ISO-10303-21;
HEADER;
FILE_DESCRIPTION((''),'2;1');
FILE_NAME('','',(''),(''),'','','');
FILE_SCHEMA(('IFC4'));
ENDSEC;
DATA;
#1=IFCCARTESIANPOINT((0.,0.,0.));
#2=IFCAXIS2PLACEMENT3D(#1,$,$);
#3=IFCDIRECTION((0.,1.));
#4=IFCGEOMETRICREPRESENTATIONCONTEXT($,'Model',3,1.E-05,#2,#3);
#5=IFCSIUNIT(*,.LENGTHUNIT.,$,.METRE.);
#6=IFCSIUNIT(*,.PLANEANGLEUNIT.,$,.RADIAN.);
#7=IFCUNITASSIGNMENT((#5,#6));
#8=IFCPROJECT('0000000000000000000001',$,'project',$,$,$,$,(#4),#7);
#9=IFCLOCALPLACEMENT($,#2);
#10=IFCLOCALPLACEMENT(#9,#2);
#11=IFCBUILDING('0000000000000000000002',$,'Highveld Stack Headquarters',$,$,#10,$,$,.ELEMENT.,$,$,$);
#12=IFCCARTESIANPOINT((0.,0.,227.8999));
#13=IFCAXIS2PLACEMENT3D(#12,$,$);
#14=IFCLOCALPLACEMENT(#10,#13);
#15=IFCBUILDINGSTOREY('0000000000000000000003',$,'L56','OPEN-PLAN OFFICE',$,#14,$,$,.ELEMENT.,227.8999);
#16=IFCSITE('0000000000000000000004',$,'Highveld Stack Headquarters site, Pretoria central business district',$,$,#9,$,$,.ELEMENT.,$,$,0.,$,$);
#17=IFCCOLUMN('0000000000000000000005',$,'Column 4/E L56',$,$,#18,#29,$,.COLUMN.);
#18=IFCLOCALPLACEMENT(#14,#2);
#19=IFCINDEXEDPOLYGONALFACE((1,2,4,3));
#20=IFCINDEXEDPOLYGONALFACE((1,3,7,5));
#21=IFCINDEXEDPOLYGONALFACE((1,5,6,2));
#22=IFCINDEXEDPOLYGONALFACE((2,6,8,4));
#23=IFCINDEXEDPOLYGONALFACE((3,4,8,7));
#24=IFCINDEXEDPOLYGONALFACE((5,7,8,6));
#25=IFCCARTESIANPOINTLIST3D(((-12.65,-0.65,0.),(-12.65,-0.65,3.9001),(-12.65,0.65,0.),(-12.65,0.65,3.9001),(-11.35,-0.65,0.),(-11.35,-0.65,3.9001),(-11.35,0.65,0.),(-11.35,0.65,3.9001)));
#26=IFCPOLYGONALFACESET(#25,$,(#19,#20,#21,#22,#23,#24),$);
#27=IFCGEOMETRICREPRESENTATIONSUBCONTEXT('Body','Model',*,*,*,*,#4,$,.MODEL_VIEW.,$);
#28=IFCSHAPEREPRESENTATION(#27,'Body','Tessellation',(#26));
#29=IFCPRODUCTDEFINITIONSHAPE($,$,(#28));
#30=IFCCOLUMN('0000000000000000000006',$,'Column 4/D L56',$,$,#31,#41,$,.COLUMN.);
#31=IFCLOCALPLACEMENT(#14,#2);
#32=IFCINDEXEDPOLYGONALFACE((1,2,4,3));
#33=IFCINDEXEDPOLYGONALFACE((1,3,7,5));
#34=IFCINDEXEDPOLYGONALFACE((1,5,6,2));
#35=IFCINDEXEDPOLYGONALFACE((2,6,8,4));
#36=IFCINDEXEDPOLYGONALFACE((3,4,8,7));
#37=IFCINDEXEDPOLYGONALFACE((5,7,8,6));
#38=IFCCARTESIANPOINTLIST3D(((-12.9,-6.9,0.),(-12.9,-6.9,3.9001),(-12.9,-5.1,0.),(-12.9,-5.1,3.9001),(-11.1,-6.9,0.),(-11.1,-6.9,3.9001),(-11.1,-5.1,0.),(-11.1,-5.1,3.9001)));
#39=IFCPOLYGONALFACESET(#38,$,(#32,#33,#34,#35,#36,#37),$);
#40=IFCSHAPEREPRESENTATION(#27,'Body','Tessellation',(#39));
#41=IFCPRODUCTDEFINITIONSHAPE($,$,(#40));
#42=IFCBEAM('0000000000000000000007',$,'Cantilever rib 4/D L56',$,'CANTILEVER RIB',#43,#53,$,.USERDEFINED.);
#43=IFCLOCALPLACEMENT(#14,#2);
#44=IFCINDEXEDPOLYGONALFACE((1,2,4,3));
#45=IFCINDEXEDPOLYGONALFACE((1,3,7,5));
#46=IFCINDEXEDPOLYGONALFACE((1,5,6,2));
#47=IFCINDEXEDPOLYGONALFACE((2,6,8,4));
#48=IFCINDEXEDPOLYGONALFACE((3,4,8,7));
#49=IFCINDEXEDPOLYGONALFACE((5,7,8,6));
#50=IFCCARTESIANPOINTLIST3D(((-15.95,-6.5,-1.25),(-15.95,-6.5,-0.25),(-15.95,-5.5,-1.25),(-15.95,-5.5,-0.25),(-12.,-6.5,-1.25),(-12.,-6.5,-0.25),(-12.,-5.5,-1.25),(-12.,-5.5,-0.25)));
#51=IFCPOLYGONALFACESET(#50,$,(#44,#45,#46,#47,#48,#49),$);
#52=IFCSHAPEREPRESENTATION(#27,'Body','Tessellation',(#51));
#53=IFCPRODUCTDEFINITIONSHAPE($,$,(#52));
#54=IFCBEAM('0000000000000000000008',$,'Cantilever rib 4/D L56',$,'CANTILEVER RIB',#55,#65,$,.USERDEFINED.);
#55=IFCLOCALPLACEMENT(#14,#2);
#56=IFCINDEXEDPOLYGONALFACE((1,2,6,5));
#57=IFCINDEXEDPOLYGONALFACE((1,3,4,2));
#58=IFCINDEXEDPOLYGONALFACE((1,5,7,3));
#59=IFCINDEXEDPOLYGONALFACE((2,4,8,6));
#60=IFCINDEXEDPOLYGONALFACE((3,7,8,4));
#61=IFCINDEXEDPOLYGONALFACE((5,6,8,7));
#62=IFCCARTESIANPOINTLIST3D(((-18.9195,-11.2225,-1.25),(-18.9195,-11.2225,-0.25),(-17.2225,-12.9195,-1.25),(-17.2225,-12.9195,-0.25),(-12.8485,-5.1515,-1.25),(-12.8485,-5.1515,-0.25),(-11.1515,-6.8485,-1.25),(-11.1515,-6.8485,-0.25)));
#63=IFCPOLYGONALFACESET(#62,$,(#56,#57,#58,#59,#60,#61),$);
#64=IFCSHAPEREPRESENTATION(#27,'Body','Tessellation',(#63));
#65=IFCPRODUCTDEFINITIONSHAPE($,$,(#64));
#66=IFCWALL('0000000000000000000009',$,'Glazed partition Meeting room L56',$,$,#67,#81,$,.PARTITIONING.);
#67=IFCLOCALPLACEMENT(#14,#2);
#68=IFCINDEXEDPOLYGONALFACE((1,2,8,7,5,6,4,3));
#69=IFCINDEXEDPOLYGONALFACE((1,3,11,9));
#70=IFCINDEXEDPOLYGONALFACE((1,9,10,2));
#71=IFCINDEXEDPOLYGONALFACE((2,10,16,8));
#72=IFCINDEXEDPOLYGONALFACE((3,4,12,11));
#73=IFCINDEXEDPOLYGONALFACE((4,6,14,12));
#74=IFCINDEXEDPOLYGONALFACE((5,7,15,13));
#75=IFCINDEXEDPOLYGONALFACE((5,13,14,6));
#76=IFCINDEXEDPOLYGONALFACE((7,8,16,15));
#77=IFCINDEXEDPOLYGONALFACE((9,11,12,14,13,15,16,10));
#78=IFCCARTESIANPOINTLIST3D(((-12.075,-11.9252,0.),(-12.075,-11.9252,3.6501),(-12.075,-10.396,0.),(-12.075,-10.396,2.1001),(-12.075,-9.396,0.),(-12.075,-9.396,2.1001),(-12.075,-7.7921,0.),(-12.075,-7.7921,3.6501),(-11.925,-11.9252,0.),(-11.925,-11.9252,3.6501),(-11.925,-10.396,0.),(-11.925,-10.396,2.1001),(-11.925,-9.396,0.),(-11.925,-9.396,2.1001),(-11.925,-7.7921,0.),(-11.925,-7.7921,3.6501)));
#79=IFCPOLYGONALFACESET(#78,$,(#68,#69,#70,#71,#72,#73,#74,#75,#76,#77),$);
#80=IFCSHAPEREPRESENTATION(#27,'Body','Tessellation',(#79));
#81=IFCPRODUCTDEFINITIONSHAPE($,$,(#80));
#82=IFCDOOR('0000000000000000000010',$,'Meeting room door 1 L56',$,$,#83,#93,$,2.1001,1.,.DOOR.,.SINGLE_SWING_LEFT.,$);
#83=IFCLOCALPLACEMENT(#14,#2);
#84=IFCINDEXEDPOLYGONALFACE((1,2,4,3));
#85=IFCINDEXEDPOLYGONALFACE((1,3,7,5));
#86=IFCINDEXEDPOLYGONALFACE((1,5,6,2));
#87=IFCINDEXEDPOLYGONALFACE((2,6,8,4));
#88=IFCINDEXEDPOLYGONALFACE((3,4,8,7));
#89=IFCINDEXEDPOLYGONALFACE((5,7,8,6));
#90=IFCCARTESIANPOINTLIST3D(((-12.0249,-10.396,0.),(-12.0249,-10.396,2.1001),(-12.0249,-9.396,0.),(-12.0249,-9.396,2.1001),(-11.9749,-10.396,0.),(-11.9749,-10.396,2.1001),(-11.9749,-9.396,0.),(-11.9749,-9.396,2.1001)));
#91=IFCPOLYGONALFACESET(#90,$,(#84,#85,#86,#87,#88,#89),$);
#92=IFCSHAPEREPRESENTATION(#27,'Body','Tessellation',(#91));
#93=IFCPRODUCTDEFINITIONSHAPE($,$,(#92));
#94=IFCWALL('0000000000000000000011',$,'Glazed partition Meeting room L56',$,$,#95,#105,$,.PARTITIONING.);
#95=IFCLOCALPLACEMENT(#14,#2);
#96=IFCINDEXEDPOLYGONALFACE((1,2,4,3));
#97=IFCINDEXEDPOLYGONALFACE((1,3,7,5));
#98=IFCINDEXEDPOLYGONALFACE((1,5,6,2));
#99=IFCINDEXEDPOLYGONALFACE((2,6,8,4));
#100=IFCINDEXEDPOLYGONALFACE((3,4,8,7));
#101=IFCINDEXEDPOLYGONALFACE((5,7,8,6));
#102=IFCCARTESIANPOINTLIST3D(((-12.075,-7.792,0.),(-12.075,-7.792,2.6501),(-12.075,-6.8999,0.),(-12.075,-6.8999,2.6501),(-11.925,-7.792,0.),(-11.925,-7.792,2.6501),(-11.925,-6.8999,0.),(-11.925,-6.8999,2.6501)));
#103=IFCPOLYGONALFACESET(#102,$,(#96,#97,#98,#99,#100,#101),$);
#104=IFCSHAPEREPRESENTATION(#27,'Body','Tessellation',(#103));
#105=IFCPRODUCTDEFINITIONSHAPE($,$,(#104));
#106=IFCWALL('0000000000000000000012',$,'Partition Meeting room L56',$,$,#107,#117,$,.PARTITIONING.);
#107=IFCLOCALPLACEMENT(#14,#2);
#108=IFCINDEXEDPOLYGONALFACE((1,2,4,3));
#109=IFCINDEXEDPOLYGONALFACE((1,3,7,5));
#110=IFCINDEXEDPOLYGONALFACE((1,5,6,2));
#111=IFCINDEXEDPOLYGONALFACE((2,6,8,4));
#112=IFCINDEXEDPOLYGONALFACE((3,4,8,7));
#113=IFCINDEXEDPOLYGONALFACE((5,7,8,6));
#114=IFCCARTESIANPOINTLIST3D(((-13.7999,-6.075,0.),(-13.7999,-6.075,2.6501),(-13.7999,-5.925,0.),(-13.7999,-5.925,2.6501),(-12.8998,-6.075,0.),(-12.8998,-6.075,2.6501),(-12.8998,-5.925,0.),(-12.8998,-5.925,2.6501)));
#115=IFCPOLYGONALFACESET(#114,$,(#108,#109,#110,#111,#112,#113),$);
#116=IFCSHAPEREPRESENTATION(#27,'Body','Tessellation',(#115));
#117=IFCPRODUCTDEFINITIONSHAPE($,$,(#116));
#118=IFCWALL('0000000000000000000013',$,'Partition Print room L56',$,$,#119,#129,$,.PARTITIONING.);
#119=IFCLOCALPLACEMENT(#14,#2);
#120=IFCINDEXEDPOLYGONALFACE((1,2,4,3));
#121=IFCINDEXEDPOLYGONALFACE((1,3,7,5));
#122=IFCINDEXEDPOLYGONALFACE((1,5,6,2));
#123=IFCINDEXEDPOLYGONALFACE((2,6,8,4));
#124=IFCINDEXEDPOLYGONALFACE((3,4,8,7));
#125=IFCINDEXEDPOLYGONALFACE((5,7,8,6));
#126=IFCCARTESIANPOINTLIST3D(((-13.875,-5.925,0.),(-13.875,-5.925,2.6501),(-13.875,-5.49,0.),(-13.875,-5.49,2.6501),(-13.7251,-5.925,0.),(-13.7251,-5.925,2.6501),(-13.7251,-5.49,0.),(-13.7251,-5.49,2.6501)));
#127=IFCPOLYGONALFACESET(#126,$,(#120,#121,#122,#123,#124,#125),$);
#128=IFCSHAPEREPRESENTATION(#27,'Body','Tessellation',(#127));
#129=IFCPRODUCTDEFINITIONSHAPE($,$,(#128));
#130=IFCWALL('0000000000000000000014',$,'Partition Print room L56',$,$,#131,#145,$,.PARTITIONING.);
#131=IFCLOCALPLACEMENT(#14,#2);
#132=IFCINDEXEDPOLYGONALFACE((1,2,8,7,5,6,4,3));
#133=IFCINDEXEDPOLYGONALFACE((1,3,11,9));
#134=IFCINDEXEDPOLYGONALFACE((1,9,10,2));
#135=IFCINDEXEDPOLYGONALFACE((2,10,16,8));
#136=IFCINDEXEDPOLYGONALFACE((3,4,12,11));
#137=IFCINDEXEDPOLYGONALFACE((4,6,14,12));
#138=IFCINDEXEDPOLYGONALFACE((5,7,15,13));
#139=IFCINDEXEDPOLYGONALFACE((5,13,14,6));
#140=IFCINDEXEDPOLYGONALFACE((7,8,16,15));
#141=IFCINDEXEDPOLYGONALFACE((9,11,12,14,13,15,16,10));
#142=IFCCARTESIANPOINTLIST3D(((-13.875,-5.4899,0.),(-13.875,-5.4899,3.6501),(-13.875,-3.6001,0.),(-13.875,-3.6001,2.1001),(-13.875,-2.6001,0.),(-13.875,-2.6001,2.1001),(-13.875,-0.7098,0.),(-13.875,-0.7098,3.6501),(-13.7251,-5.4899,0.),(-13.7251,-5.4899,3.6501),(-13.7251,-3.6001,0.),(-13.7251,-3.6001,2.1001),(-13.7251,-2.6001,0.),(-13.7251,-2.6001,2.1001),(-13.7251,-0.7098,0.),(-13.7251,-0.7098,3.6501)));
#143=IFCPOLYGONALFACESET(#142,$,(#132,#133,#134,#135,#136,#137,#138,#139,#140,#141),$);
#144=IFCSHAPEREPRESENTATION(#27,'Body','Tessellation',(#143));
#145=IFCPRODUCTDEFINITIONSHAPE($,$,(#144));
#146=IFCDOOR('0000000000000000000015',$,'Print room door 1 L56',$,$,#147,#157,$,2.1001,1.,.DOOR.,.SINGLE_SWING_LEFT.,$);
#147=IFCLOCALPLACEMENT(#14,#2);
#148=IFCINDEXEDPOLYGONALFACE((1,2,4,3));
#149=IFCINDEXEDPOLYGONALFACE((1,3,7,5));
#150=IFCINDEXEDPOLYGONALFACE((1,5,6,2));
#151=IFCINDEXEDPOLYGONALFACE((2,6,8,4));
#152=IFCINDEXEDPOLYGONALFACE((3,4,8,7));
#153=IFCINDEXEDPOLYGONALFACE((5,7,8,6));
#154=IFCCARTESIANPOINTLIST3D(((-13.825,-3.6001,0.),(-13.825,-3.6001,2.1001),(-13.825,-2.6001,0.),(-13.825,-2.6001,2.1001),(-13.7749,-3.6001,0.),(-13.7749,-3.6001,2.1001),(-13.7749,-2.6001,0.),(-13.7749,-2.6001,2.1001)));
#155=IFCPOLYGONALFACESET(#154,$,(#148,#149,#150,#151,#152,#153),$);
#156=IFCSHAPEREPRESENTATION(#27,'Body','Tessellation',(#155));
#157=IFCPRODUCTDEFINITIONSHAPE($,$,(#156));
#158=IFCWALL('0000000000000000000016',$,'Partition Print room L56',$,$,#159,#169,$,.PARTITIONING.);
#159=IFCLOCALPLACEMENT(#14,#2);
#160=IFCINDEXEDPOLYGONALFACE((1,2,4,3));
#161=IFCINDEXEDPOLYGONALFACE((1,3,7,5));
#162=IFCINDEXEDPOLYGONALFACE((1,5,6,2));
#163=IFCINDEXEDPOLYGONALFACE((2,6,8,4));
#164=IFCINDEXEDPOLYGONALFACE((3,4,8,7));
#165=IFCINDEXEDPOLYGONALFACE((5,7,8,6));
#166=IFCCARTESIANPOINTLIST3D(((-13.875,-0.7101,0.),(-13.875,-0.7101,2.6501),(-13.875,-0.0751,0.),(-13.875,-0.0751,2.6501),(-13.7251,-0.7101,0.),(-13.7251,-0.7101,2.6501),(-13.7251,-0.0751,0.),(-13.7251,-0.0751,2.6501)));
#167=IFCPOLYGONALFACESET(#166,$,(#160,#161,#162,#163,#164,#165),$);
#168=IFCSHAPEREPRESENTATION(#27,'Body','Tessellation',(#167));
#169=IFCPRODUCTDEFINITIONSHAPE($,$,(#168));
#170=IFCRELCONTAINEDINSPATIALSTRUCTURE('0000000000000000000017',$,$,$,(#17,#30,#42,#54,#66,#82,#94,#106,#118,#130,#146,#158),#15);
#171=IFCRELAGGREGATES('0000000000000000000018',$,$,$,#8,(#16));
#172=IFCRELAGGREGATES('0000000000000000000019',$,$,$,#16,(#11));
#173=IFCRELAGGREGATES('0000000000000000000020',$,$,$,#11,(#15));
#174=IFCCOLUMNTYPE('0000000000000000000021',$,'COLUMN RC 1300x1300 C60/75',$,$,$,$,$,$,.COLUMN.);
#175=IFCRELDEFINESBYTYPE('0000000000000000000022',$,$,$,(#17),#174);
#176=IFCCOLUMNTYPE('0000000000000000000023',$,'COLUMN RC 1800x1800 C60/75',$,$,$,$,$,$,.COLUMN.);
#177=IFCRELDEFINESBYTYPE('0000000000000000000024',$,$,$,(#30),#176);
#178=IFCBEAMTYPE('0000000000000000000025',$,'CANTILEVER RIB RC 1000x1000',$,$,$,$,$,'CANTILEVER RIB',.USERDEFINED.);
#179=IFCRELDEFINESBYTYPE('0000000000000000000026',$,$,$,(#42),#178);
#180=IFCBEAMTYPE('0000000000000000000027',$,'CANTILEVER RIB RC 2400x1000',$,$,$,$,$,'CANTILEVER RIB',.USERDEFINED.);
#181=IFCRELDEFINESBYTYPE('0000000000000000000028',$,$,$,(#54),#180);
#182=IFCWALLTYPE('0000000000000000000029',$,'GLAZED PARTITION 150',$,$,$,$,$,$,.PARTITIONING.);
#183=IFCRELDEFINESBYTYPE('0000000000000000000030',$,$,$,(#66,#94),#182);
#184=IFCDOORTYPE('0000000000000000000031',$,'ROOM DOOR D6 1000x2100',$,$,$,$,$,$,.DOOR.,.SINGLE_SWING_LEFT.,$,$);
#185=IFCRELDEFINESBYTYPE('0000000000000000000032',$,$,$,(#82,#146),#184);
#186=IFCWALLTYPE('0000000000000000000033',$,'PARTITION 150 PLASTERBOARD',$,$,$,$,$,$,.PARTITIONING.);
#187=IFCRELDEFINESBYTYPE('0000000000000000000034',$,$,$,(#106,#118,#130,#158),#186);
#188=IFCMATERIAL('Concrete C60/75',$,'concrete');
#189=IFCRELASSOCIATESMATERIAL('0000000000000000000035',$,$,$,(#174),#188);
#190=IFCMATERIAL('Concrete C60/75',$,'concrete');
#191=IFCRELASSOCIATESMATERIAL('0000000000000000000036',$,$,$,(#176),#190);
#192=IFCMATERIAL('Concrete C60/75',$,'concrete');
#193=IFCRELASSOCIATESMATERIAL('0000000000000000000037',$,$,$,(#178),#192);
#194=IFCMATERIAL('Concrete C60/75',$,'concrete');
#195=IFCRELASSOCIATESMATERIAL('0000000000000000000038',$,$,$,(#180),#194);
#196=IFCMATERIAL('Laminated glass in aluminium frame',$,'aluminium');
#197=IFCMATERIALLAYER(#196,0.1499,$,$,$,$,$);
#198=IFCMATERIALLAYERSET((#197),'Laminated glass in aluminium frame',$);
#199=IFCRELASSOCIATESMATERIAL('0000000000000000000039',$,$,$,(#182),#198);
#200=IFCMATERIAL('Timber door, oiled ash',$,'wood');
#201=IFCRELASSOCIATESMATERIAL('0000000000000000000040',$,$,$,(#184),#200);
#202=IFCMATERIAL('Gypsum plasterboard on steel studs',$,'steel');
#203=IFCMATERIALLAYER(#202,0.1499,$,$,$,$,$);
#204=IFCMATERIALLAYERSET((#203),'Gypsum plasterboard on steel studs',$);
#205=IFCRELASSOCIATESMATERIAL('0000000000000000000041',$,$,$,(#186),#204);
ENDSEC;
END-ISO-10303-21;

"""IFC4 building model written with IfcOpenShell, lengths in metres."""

from ifc_helpers import new_model, si_unit, direction, frame, frame_2d, origin, origin_2d, place, context, subcontext, project, spatial, rectangle, extrude, material, layer, layer_set, material_profile, profile_set, type_object, element, fill, save


model = new_model("IFC4")

# Units and contexts
model_context = context("Model", 3, precision=1e-05, world=origin(), true_north=direction((0.0, 1.0)))
body_context = subcontext(model_context, "Body", "Model", "MODEL_VIEW")
ifc_project = project(units=[si_unit("LENGTHUNIT", "METRE"), si_unit("PLANEANGLEUNIT", "RADIAN")], contexts=[model_context])

# Site, building, storey
site_placement = place(None, origin())
site = spatial("IfcSite", under=ifc_project, at=site_placement, Name="Highveld Stack Headquarters site, Pretoria central business district", CompositionType="ELEMENT", RefElevation=0.0)
building_placement = place(site_placement, origin())
building = spatial("IfcBuilding", under=site, at=building_placement, Name="Highveld Stack Headquarters", CompositionType="ELEMENT")
storey_placement = place(building_placement, frame((0.0, 0.0, 227.8999)))
storey = spatial("IfcBuildingStorey", under=building, at=storey_placement, Name="L56", Description="OPEN-PLAN OFFICE", CompositionType="ELEMENT", Elevation=227.8999)

# Columns
ifc_material_1 = material(Name="Concrete C60/75", Category="concrete")
ifc_material_profile_1 = material_profile(ifc_material_1, rectangle(XDim=1.3, YDim=1.3, at=origin_2d()), Name="RC 1300x1300")
ifc_profile_set_1 = profile_set([ifc_material_profile_1], Name="Concrete C60/75")
column_type_1 = type_object("IfcColumnType", Name="COLUMN RC 1300x1300 C60/75", PredefinedType="COLUMN", material=ifc_profile_set_1)
column_1_placement = place(storey_placement, frame((-12.0, 0.0, 0.0), z_axis=(0.0, 0.0, 1.0), x_axis=(1.0, 0.0, 0.0)))
element("IfcColumn", 1, at=column_1_placement, inside=storey, type_object=column_type_1, Name="Column 4/E L56", PredefinedType="COLUMN", context=body_context, shape_type="SweptSolid", body=[
    extrude(rectangle(XDim=1.3, YDim=1.3, at=origin_2d()), origin(), (0.0, 0.0, 1.0), 3.9001),
])
ifc_material_2 = material(Name="Concrete C60/75", Category="concrete")
ifc_material_profile_2 = material_profile(ifc_material_2, rectangle(XDim=1.8, YDim=1.8, at=origin_2d()), Name="RC 1800x1800")
ifc_profile_set_2 = profile_set([ifc_material_profile_2], Name="Concrete C60/75")
column_type_2 = type_object("IfcColumnType", Name="COLUMN RC 1800x1800 C60/75", PredefinedType="COLUMN", material=ifc_profile_set_2)
column_2_placement = place(storey_placement, frame((-12.0, -6.0, 0.0), z_axis=(0.0, 0.0, 1.0), x_axis=(1.0, 0.0, 0.0)))
element("IfcColumn", 2, at=column_2_placement, inside=storey, type_object=column_type_2, Name="Column 4/D L56", PredefinedType="COLUMN", context=body_context, shape_type="SweptSolid", body=[
    extrude(rectangle(XDim=1.8, YDim=1.8, at=origin_2d()), origin(), (0.0, 0.0, 1.0), 3.9001),
])

# Beams
ifc_material_3 = material(Name="Concrete C60/75", Category="concrete")
ifc_material_profile_3 = material_profile(ifc_material_3, rectangle(XDim=1.0, YDim=1.0, at=origin_2d()), Name="RC 1000x1000")
ifc_profile_set_3 = profile_set([ifc_material_profile_3], Name="Concrete C60/75")
beam_type_1 = type_object("IfcBeamType", Name="CANTILEVER RIB RC 1000x1000", ElementType="CANTILEVER RIB", PredefinedType="USERDEFINED", material=ifc_profile_set_3)
beam_1_placement = place(storey_placement, frame((-12.0, -6.0, -0.75), z_axis=(-1.0, 0.0, 0.0), x_axis=(0.0, -1.0, 0.0)))
element("IfcBeam", 3, at=beam_1_placement, inside=storey, type_object=beam_type_1, Name="Cantilever rib 4/D L56", ObjectType="CANTILEVER RIB", PredefinedType="USERDEFINED", context=body_context, shape_type="SweptSolid", body=[
    extrude(rectangle(XDim=1.0, YDim=1.0, at=origin_2d()), origin(), (0.0, 0.0, 1.0), 3.95),
])
ifc_material_4 = material(Name="Concrete C60/75", Category="concrete")
ifc_material_profile_4 = material_profile(ifc_material_4, rectangle(XDim=2.3999, YDim=1.0, at=origin_2d()), Name="RC 2400x1000")
ifc_profile_set_4 = profile_set([ifc_material_profile_4], Name="Concrete C60/75")
beam_type_2 = type_object("IfcBeamType", Name="CANTILEVER RIB RC 2400x1000", ElementType="CANTILEVER RIB", PredefinedType="USERDEFINED", material=ifc_profile_set_4)
beam_2_placement = place(storey_placement, frame((-12.0, -6.0, -0.75), z_axis=(-0.707107, -0.707107, 0.0), x_axis=(0.707107, -0.707107, 0.0)))
element("IfcBeam", 4, at=beam_2_placement, inside=storey, type_object=beam_type_2, Name="Cantilever rib 4/D L56", ObjectType="CANTILEVER RIB", PredefinedType="USERDEFINED", context=body_context, shape_type="SweptSolid", body=[
    extrude(rectangle(XDim=2.3999, YDim=1.0, at=origin_2d()), origin(), (0.0, 0.0, 1.0), 8.5857),
])

# Wall, opening, door
ifc_material_5 = material(Name="Laminated glass in aluminium frame", Category="aluminium")
ifc_layer_1 = layer(ifc_material_5, 0.1499)
ifc_layer_set_1 = layer_set([ifc_layer_1], Name="Laminated glass in aluminium frame")
wall_type_1 = type_object("IfcWallType", Name="GLAZED PARTITION 150", PredefinedType="PARTITIONING", material=ifc_layer_set_1)
wall_1_placement = place(storey_placement, frame((-12.0, -11.925, 0.0), z_axis=(0.0, 0.0, 1.0), x_axis=(0.0, 1.0, 0.0)))
wall_1 = element("IfcWall", 5, at=wall_1_placement, inside=storey, type_object=wall_type_1, Name="Glazed partition Meeting room L56", PredefinedType="PARTITIONING", context=body_context, shape_type="SweptSolid", body=[
    extrude(rectangle(XDim=4.1331, YDim=0.1499, at=frame_2d((2.0664, 0.0))), origin(), (0.0, 0.0, 1.0), 3.6501),
])
opening_1_placement = place(wall_1_placement, frame((1.5291, 0.0, 0.0)))
opening_1 = element("IfcOpeningElement", 6, at=opening_1_placement, cuts=wall_1, PredefinedType="OPENING", context=body_context, shape_type="SweptSolid", body=[
    extrude(rectangle(XDim=1.0, YDim=2.1001, at=frame_2d((0.5, 1.05))), frame((0.0, 0.085, 0.0), z_axis=(0.0, -1.0, 0.0), x_axis=(1.0, 0.0, 0.0)), (0.0, 0.0, 1.0), 0.1699),
])
ifc_material_6 = material(Name="Timber door, oiled ash", Category="wood")
door_type = type_object("IfcDoorType", Name="ROOM DOOR D6 1000x2100", OperationType="SINGLE_SWING_LEFT", PredefinedType="DOOR", material=ifc_material_6)
door_1_placement = place(opening_1_placement, origin())
door_1 = element("IfcDoor", 7, at=door_1_placement, inside=storey, type_object=door_type, Name="Meeting room door 1 L56", OperationType="SINGLE_SWING_LEFT", OverallHeight=2.1001, OverallWidth=1.0, PredefinedType="DOOR", context=body_context, shape_type="SweptSolid", body=[
    extrude(rectangle(XDim=1.0, YDim=2.1001, at=frame_2d((0.5, 1.05))), frame((0.0, 0.0249, 0.0), z_axis=(0.0, -1.0, 0.0), x_axis=(1.0, 0.0, 0.0)), (0.0, 0.0, 1.0), 0.05),
])
fill(opening_1, door_1)

# Walls
wall_2_placement = place(storey_placement, frame((-12.0, -7.792, 0.0), z_axis=(0.0, 0.0, 1.0), x_axis=(0.0, 1.0, 0.0)))
element("IfcWall", 8, at=wall_2_placement, inside=storey, type_object=wall_type_1, Name="Glazed partition Meeting room L56", PredefinedType="PARTITIONING", context=body_context, shape_type="SweptSolid", body=[
    extrude(rectangle(XDim=0.8921, YDim=0.1499, at=frame_2d((0.446, 0.0))), origin(), (0.0, 0.0, 1.0), 2.6501),
])
ifc_material_7 = material(Name="Gypsum plasterboard on steel studs", Category="steel")
ifc_layer_2 = layer(ifc_material_7, 0.1499)
ifc_layer_set_2 = layer_set([ifc_layer_2], Name="Gypsum plasterboard on steel studs")
wall_type_2 = type_object("IfcWallType", Name="PARTITION 150 PLASTERBOARD", PredefinedType="PARTITIONING", material=ifc_layer_set_2)
wall_3_placement = place(storey_placement, frame((-13.8, -6.0, 0.0), z_axis=(0.0, 0.0, 1.0), x_axis=(1.0, 0.0, 0.0)))
element("IfcWall", 9, at=wall_3_placement, inside=storey, type_object=wall_type_2, Name="Partition Meeting room L56", PredefinedType="PARTITIONING", context=body_context, shape_type="SweptSolid", body=[
    extrude(rectangle(XDim=0.9001, YDim=0.1499, at=frame_2d((0.4502, 0.0))), origin(), (0.0, 0.0, 1.0), 2.6501),
])
wall_4_placement = place(storey_placement, frame((-13.8, -5.925, 0.0), z_axis=(0.0, 0.0, 1.0), x_axis=(0.0, 1.0, 0.0)))
element("IfcWall", 10, at=wall_4_placement, inside=storey, type_object=wall_type_2, Name="Partition Print room L56", PredefinedType="PARTITIONING", context=body_context, shape_type="SweptSolid", body=[
    extrude(rectangle(XDim=0.4351, YDim=0.1499, at=frame_2d((0.2175, 0.0))), origin(), (0.0, 0.0, 1.0), 2.6501),
])

# Wall, opening, door
wall_5_placement = place(storey_placement, frame((-13.8, -5.49, 0.0), z_axis=(0.0, 0.0, 1.0), x_axis=(0.0, 1.0, 0.0)))
wall_5 = element("IfcWall", 11, at=wall_5_placement, inside=storey, type_object=wall_type_2, Name="Partition Print room L56", PredefinedType="PARTITIONING", context=body_context, shape_type="SweptSolid", body=[
    extrude(rectangle(XDim=4.78, YDim=0.1499, at=frame_2d((2.3901, 0.0))), origin(), (0.0, 0.0, 1.0), 3.6501),
])
opening_2_placement = place(wall_5_placement, frame((1.8899, 0.0, 0.0)))
opening_2 = element("IfcOpeningElement", 12, at=opening_2_placement, cuts=wall_5, PredefinedType="OPENING", context=body_context, shape_type="SweptSolid", body=[
    extrude(rectangle(XDim=1.0, YDim=2.1001, at=frame_2d((0.5, 1.05))), frame((0.0, 0.085, 0.0), z_axis=(0.0, -1.0, 0.0), x_axis=(1.0, 0.0, 0.0)), (0.0, 0.0, 1.0), 0.1699),
])
door_2_placement = place(opening_2_placement, origin())
door_2 = element("IfcDoor", 13, at=door_2_placement, inside=storey, type_object=door_type, Name="Print room door 1 L56", OperationType="SINGLE_SWING_LEFT", OverallHeight=2.1001, OverallWidth=1.0, PredefinedType="DOOR", context=body_context, shape_type="SweptSolid", body=[
    extrude(rectangle(XDim=1.0, YDim=2.1001, at=frame_2d((0.5, 1.05))), frame((0.0, 0.0249, 0.0), z_axis=(0.0, -1.0, 0.0), x_axis=(1.0, 0.0, 0.0)), (0.0, 0.0, 1.0), 0.05),
])
fill(opening_2, door_2)

# Wall
for number, where, z_axis, x_axis, name in (
    (14, (-13.8, -0.71, 0.0), (0.0, 0.0, 1.0), (0.0, 1.0, 0.0), "Partition Print room L56"),
):
    element("IfcWall", number, at=place(storey_placement, frame(where, z_axis=z_axis, x_axis=x_axis)), inside=storey, type_object=wall_type_2, Name=name, PredefinedType="PARTITIONING", context=body_context, shape_type="SweptSolid", body=[
        extrude(rectangle(XDim=0.635, YDim=0.1499, at=frame_2d((0.3174, 0.0))), origin(), (0.0, 0.0, 1.0), 2.6501),
    ])

save(model, "model.ifc")
